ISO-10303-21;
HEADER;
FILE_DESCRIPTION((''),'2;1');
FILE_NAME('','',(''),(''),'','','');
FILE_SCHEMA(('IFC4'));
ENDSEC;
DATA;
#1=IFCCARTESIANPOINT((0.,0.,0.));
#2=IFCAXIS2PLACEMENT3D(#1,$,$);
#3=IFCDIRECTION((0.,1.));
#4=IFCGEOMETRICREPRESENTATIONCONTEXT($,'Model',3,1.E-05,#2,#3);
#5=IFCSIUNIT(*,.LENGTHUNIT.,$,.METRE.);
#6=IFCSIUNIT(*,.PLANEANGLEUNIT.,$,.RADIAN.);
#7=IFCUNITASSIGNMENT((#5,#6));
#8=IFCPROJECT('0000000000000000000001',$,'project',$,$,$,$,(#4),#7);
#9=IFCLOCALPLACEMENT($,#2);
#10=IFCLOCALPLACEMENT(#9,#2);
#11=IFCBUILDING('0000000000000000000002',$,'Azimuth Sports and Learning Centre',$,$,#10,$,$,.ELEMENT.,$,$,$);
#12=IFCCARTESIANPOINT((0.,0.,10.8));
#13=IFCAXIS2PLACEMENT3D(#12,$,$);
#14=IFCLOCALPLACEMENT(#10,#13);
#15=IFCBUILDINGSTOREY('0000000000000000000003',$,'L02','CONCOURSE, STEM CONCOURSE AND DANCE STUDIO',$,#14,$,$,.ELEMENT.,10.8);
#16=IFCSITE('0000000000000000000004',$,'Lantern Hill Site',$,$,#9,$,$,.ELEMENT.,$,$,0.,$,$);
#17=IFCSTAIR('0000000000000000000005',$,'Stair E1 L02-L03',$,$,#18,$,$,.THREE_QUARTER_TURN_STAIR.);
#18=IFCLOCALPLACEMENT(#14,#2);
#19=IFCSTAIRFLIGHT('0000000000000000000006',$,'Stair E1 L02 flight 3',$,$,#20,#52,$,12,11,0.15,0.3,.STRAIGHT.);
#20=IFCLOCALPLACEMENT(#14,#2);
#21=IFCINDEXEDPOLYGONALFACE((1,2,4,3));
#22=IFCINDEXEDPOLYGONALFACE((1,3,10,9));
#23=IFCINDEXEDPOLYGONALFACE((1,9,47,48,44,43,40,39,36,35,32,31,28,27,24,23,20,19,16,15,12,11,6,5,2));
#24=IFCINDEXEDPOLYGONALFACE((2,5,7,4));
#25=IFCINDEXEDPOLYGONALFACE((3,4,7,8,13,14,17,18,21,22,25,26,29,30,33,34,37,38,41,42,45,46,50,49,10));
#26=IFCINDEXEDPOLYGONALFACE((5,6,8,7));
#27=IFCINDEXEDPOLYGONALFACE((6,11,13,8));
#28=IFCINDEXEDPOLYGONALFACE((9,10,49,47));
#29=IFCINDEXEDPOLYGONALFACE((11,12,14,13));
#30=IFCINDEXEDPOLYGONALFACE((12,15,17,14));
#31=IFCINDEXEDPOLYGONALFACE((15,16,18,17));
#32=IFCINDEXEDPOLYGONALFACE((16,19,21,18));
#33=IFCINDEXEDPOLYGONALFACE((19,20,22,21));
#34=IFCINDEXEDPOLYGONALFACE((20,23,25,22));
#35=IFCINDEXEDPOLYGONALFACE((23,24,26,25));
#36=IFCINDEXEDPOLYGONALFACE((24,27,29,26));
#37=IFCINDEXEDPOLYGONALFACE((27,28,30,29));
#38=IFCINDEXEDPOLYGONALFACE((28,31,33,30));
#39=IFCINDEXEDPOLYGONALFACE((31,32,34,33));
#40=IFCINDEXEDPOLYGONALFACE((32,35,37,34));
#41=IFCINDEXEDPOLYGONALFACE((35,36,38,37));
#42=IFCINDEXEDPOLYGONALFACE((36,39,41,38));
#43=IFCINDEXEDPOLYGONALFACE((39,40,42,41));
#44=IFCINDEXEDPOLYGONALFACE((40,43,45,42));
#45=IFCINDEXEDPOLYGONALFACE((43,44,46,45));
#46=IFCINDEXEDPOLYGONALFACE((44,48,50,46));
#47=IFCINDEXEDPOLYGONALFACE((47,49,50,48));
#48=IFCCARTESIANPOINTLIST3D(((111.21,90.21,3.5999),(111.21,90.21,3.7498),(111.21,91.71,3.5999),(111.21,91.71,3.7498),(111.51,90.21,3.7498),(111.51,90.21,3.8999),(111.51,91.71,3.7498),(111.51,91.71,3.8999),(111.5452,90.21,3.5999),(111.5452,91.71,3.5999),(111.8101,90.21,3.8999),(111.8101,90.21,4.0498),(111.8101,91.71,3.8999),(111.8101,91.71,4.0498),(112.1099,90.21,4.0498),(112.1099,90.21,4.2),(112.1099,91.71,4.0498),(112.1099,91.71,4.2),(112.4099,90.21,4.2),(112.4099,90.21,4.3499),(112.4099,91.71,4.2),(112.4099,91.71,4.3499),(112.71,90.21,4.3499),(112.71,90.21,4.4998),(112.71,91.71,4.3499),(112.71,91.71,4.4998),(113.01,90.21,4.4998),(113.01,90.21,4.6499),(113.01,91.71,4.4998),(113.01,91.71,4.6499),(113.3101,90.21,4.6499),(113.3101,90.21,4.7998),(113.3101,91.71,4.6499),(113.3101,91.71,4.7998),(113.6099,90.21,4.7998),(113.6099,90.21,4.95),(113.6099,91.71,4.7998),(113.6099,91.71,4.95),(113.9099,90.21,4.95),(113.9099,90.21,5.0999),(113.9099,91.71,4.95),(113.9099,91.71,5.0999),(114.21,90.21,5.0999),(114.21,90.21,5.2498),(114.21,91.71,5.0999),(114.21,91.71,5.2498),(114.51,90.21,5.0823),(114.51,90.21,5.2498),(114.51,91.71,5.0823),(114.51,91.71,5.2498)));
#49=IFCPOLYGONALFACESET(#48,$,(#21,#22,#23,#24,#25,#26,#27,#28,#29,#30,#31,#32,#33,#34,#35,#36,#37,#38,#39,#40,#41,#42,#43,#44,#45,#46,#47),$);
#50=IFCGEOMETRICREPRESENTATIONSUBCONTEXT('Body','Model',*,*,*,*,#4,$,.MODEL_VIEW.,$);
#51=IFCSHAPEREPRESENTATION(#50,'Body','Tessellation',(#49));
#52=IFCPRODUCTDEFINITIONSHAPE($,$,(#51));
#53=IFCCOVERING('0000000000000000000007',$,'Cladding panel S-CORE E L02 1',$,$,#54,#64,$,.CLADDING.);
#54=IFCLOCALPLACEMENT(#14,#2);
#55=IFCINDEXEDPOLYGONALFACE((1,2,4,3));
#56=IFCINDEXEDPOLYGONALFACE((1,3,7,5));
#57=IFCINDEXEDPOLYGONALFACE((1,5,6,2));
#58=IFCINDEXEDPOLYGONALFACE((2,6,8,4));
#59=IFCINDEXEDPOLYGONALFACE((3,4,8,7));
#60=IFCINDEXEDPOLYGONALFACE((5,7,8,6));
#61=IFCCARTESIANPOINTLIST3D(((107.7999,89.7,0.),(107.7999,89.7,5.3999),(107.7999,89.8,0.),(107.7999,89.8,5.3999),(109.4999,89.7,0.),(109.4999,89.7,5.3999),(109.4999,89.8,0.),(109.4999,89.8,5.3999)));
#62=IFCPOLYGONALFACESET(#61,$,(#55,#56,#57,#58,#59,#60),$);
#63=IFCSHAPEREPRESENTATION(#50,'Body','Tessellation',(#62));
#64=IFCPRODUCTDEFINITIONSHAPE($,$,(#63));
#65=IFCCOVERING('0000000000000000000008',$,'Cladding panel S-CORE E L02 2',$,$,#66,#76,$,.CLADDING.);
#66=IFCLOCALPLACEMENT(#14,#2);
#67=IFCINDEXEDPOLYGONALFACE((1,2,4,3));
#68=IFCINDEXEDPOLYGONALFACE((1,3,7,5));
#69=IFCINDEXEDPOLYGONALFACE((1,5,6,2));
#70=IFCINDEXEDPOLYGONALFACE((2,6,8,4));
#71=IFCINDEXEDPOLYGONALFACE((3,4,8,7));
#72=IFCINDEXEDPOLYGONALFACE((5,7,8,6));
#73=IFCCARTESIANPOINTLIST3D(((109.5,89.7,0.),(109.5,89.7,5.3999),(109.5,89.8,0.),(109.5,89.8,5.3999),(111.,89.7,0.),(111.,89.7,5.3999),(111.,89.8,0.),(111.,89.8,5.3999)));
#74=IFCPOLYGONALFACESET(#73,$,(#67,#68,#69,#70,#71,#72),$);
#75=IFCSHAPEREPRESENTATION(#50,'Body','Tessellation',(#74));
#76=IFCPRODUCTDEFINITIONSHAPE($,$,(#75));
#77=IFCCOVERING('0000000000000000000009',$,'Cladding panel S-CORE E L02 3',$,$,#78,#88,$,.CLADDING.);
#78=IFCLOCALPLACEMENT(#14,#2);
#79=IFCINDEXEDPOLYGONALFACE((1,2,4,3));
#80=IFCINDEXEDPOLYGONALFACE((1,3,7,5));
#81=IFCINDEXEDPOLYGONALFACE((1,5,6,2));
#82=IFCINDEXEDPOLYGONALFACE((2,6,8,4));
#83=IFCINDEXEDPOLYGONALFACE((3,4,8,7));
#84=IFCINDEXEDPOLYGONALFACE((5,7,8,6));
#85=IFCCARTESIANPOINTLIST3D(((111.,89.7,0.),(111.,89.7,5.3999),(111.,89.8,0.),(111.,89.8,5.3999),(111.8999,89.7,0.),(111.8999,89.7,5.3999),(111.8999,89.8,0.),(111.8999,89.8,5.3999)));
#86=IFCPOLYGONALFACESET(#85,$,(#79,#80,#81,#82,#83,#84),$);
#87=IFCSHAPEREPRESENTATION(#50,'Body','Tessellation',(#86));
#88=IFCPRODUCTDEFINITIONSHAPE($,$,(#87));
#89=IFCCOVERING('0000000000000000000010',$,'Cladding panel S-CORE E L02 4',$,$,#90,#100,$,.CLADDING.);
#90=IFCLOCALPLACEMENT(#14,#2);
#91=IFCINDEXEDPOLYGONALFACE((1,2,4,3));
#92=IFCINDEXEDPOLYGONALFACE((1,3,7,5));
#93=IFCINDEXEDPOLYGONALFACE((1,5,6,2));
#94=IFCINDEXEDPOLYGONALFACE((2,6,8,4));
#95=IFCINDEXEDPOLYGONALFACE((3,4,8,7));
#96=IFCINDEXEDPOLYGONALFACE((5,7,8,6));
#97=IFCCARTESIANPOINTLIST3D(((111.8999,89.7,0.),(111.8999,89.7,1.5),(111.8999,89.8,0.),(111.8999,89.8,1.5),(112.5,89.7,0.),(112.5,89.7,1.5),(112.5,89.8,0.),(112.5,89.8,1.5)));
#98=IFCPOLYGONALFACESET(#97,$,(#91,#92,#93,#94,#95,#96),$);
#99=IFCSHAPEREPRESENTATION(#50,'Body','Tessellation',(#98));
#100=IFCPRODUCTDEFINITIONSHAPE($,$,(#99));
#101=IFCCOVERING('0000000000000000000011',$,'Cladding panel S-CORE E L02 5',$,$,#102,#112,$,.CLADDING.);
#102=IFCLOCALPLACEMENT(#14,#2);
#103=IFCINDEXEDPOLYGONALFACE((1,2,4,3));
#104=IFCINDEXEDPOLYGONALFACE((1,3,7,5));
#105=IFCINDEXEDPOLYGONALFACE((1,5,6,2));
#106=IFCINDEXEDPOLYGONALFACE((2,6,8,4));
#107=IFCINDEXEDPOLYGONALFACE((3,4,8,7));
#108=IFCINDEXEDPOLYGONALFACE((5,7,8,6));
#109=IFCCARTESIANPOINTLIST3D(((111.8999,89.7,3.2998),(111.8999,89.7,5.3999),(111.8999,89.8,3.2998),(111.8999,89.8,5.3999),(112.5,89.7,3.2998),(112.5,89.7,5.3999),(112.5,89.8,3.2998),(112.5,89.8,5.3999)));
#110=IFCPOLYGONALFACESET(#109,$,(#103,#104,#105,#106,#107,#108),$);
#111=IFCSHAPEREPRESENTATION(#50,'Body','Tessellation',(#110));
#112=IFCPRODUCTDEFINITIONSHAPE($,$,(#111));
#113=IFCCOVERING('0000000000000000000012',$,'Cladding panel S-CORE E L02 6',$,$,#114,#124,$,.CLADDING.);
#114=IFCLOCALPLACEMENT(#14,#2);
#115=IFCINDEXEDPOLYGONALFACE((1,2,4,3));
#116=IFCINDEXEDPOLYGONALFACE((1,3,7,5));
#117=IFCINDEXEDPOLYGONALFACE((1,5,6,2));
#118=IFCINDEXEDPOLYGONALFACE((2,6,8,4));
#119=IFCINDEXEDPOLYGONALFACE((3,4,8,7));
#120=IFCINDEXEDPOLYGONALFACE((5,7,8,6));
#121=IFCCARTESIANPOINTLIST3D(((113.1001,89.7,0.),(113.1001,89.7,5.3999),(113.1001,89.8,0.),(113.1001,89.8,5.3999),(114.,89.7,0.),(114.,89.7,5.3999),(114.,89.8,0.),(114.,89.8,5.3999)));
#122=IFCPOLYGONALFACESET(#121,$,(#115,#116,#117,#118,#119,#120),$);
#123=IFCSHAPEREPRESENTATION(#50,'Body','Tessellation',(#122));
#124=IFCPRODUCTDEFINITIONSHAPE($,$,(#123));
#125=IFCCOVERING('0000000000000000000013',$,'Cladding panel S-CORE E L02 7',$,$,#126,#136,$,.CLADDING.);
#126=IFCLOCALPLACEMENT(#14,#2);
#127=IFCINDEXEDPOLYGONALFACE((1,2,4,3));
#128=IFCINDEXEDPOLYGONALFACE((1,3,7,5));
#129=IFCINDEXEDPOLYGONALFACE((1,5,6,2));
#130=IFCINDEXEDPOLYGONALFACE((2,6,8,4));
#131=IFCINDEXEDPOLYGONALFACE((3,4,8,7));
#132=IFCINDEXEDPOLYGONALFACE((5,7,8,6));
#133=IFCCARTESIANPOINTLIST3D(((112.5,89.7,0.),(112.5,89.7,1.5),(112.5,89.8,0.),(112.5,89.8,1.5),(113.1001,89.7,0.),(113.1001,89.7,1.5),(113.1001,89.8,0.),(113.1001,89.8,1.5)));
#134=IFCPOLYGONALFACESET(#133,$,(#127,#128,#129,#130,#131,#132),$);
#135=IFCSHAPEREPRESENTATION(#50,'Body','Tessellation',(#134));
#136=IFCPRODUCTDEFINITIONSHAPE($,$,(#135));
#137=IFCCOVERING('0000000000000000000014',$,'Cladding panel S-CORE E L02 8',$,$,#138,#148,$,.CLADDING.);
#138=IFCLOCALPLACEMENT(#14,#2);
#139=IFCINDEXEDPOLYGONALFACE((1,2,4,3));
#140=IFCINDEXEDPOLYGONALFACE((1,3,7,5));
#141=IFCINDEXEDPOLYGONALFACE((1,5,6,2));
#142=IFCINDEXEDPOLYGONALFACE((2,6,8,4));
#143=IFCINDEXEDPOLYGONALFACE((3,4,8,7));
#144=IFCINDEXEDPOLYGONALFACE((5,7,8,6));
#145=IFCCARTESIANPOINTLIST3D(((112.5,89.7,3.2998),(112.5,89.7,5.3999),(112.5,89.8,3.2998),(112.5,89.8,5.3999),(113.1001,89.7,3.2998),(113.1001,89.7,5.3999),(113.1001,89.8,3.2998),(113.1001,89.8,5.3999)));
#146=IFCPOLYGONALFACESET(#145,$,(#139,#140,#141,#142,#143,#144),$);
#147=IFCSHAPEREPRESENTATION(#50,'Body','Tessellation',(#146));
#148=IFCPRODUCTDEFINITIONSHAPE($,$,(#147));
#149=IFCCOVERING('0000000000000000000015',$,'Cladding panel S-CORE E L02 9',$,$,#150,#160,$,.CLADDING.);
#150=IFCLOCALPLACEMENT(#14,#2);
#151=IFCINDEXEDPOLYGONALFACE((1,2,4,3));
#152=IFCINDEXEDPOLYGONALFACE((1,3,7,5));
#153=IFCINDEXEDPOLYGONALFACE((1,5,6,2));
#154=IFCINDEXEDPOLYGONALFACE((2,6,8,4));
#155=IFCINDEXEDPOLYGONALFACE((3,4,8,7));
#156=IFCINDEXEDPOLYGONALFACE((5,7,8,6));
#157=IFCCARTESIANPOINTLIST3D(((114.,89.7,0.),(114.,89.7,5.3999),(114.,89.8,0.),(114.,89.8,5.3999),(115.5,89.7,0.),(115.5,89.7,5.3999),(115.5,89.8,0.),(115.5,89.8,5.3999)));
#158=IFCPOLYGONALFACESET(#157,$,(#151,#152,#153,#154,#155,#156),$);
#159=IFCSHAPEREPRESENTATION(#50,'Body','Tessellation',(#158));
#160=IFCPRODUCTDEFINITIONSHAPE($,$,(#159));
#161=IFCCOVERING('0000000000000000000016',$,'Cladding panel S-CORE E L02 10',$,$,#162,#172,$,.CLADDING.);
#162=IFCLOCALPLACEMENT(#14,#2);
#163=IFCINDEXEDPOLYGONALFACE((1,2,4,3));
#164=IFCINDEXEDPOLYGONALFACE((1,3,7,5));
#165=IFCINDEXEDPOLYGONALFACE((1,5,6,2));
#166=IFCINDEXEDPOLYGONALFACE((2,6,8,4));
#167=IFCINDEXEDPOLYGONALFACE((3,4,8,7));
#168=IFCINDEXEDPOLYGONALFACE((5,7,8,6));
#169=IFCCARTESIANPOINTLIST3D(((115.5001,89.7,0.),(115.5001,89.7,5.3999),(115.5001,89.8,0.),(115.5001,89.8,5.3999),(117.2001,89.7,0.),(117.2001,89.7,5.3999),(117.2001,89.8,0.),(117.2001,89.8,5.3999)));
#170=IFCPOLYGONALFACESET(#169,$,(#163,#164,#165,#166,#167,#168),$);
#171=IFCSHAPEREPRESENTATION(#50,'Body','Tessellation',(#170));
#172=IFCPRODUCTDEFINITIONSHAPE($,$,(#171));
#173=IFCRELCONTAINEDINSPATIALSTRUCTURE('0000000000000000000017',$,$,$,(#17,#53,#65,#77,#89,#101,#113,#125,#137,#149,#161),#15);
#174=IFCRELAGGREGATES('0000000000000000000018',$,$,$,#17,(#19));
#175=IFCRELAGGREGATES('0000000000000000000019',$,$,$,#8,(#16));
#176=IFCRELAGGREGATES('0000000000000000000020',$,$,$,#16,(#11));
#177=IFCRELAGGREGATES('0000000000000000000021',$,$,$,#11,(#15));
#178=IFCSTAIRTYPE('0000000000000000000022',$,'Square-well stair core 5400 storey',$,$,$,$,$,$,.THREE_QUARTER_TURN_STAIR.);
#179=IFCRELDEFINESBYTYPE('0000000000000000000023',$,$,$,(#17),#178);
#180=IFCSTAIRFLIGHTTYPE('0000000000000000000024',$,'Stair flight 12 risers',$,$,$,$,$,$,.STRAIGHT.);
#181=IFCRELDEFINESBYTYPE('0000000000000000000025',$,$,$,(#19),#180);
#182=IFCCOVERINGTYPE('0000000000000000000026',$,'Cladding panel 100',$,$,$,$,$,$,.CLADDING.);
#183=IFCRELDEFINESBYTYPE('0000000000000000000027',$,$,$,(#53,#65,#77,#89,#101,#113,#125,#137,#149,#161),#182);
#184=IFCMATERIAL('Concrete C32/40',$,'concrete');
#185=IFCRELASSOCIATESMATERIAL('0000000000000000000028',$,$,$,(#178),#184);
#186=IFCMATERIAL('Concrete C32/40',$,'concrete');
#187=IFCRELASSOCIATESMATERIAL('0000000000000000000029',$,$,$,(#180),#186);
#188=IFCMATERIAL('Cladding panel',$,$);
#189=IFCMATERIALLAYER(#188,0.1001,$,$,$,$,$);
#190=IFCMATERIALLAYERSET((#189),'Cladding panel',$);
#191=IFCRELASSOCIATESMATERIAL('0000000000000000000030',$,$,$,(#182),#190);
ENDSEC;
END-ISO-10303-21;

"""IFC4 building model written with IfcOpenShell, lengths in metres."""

from ifc_helpers import new_model, si_unit, direction, frame, origin, origin_2d, place, context, subcontext, project, spatial, polyline, rectangle, outline, extrude, material, layer, layer_set, type_object, element, aggregate, save


model = new_model("IFC4")

# Units and contexts
model_context = context("Model", 3, precision=1e-05, world=origin(), true_north=direction((0.0, 1.0)))
body_context = subcontext(model_context, "Body", "Model", "MODEL_VIEW")
ifc_project = project(units=[si_unit("LENGTHUNIT", "METRE"), si_unit("PLANEANGLEUNIT", "RADIAN")], contexts=[model_context])

# Site, building, storey
site_placement = place(None, origin())
site = spatial("IfcSite", under=ifc_project, at=site_placement, Name="Lantern Hill Site", CompositionType="ELEMENT", RefElevation=0.0)
building_placement = place(site_placement, origin())
building = spatial("IfcBuilding", under=site, at=building_placement, Name="Azimuth Sports and Learning Centre", CompositionType="ELEMENT")
storey_placement = place(building_placement, frame((0.0, 0.0, 10.8)))
storey = spatial("IfcBuildingStorey", under=building, at=storey_placement, Name="L02", Description="CONCOURSE, STEM CONCOURSE AND DANCE STUDIO", CompositionType="ELEMENT", Elevation=10.8)

# Stair, stair flight
ifc_material_1 = material(Name="Concrete C32/40", Category="concrete")
stair_type = type_object("IfcStairType", Name="Square-well stair core 5400 storey", PredefinedType="THREE_QUARTER_TURN_STAIR", material=ifc_material_1)
stair_placement = place(storey_placement, origin())
stair = element("IfcStair", 1, at=stair_placement, inside=storey, type_object=stair_type, Name="Stair E1 L02-L03", PredefinedType="THREE_QUARTER_TURN_STAIR")
ifc_material_2 = material(Name="Concrete C32/40", Category="concrete")
stair_flight_type = type_object("IfcStairFlightType", Name="Stair flight 12 risers", PredefinedType="STRAIGHT", material=ifc_material_2)
stair_flight_placement = place(storey_placement, frame((111.21, 90.96, 3.5999), z_axis=(0.0, 0.0, 1.0), x_axis=(1.0, 0.0, 0.0)))
stair_flight = element("IfcStairFlight", 2, at=stair_flight_placement, type_object=stair_flight_type, Name="Stair E1 L02 flight 3", NumberOfRisers=12, NumberOfTreads=11, PredefinedType="STRAIGHT", RiserHeight=0.15, TreadLength=0.3, context=body_context, shape_type="SweptSolid", body=[
    extrude(outline(polyline([(0.0, 0.0), (0.0, 0.1499), (0.3, 0.1499), (0.3, 0.3), (0.6001, 0.3), (0.6001, 0.45), (0.8999, 0.45), (0.8999, 0.6001), (1.2, 0.6001), (1.2, 0.75), (1.5, 0.75), (1.5, 0.8999), (1.8, 0.8999), (1.8, 1.05), (2.1001, 1.05), (2.1001, 1.2), (2.3999, 1.2), (2.3999, 1.3501), (2.7, 1.3501), (2.7, 1.5), (3.0, 1.5), (3.0, 1.6499), (3.3, 1.6499), (3.3, 1.8), (3.3, 1.4824), (0.3352, 0.0), (0.0, 0.0)])), frame((0.0, 0.75, 0.0), z_axis=(0.0, -1.0, 0.0), x_axis=(1.0, 0.0, 0.0)), (0.0, 0.0, 1.0), 1.5),
])
aggregate(stair, [stair_flight])

# Coverings
ifc_material_3 = material(Name="Cladding panel")
ifc_layer_1 = layer(ifc_material_3, 0.1001)
ifc_layer_set_1 = layer_set([ifc_layer_1], Name="Cladding panel")
covering_type = type_object("IfcCoveringType", Name="Cladding panel 100", PredefinedType="CLADDING", material=ifc_layer_set_1)
covering_1_placement = place(storey_placement, frame((108.6499, 89.75, 0.0), z_axis=(0.0, 0.0, 1.0), x_axis=(1.0, 0.0, 0.0)))
element("IfcCovering", 3, at=covering_1_placement, inside=storey, type_object=covering_type, Name="Cladding panel S-CORE E L02 1", PredefinedType="CLADDING", context=body_context, shape_type="SweptSolid", body=[
    extrude(rectangle(XDim=1.7, YDim=0.1001, at=origin_2d()), origin(), (0.0, 0.0, 1.0), 5.3999),
])
covering_2_placement = place(storey_placement, frame((110.25, 89.75, 0.0), z_axis=(0.0, 0.0, 1.0), x_axis=(1.0, 0.0, 0.0)))
element("IfcCovering", 4, at=covering_2_placement, inside=storey, type_object=covering_type, Name="Cladding panel S-CORE E L02 2", PredefinedType="CLADDING", context=body_context, shape_type="SweptSolid", body=[
    extrude(rectangle(XDim=1.5, YDim=0.1001, at=origin_2d()), origin(), (0.0, 0.0, 1.0), 5.3999),
])
covering_3_placement = place(storey_placement, frame((111.45, 89.75, 0.0), z_axis=(0.0, 0.0, 1.0), x_axis=(1.0, 0.0, 0.0)))
element("IfcCovering", 5, at=covering_3_placement, inside=storey, type_object=covering_type, Name="Cladding panel S-CORE E L02 3", PredefinedType="CLADDING", context=body_context, shape_type="SweptSolid", body=[
    extrude(rectangle(XDim=0.8999, YDim=0.1001, at=origin_2d()), origin(), (0.0, 0.0, 1.0), 5.3999),
])
covering_4_placement = place(storey_placement, frame((112.2, 89.75, 0.0), z_axis=(0.0, 0.0, 1.0), x_axis=(1.0, 0.0, 0.0)))
element("IfcCovering", 6, at=covering_4_placement, inside=storey, type_object=covering_type, Name="Cladding panel S-CORE E L02 4", PredefinedType="CLADDING", context=body_context, shape_type="SweptSolid", body=[
    extrude(rectangle(XDim=0.6001, YDim=0.1001, at=origin_2d()), origin(), (0.0, 0.0, 1.0), 1.5),
])
covering_5_placement = place(storey_placement, frame((112.2, 89.75, 3.2998), z_axis=(0.0, 0.0, 1.0), x_axis=(1.0, 0.0, 0.0)))
element("IfcCovering", 7, at=covering_5_placement, inside=storey, type_object=covering_type, Name="Cladding panel S-CORE E L02 5", PredefinedType="CLADDING", context=body_context, shape_type="SweptSolid", body=[
    extrude(rectangle(XDim=0.6001, YDim=0.1001, at=origin_2d()), origin(), (0.0, 0.0, 1.0), 2.1001),
])
covering_6_placement = place(storey_placement, frame((113.55, 89.75, 0.0), z_axis=(0.0, 0.0, 1.0), x_axis=(1.0, 0.0, 0.0)))
element("IfcCovering", 8, at=covering_6_placement, inside=storey, type_object=covering_type, Name="Cladding panel S-CORE E L02 6", PredefinedType="CLADDING", context=body_context, shape_type="SweptSolid", body=[
    extrude(rectangle(XDim=0.8999, YDim=0.1001, at=origin_2d()), origin(), (0.0, 0.0, 1.0), 5.3999),
])
covering_7_placement = place(storey_placement, frame((112.8, 89.75, 0.0), z_axis=(0.0, 0.0, 1.0), x_axis=(1.0, 0.0, 0.0)))
element("IfcCovering", 9, at=covering_7_placement, inside=storey, type_object=covering_type, Name="Cladding panel S-CORE E L02 7", PredefinedType="CLADDING", context=body_context, shape_type="SweptSolid", body=[
    extrude(rectangle(XDim=0.6001, YDim=0.1001, at=origin_2d()), origin(), (0.0, 0.0, 1.0), 1.5),
])
covering_8_placement = place(storey_placement, frame((112.8, 89.75, 3.2998), z_axis=(0.0, 0.0, 1.0), x_axis=(1.0, 0.0, 0.0)))
element("IfcCovering", 10, at=covering_8_placement, inside=storey, type_object=covering_type, Name="Cladding panel S-CORE E L02 8", PredefinedType="CLADDING", context=body_context, shape_type="SweptSolid", body=[
    extrude(rectangle(XDim=0.6001, YDim=0.1001, at=origin_2d()), origin(), (0.0, 0.0, 1.0), 2.1001),
])
covering_9_placement = place(storey_placement, frame((114.75, 89.75, 0.0), z_axis=(0.0, 0.0, 1.0), x_axis=(1.0, 0.0, 0.0)))
element("IfcCovering", 11, at=covering_9_placement, inside=storey, type_object=covering_type, Name="Cladding panel S-CORE E L02 9", PredefinedType="CLADDING", context=body_context, shape_type="SweptSolid", body=[
    extrude(rectangle(XDim=1.5, YDim=0.1001, at=origin_2d()), origin(), (0.0, 0.0, 1.0), 5.3999),
])
covering_10_placement = place(storey_placement, frame((116.3501, 89.75, 0.0), z_axis=(0.0, 0.0, 1.0), x_axis=(1.0, 0.0, 0.0)))
element("IfcCovering", 12, at=covering_10_placement, inside=storey, type_object=covering_type, Name="Cladding panel S-CORE E L02 10", PredefinedType="CLADDING", context=body_context, shape_type="SweptSolid", body=[
    extrude(rectangle(XDim=1.7, YDim=0.1001, at=origin_2d()), origin(), (0.0, 0.0, 1.0), 5.3999),
])

save(model, "model.ifc")
